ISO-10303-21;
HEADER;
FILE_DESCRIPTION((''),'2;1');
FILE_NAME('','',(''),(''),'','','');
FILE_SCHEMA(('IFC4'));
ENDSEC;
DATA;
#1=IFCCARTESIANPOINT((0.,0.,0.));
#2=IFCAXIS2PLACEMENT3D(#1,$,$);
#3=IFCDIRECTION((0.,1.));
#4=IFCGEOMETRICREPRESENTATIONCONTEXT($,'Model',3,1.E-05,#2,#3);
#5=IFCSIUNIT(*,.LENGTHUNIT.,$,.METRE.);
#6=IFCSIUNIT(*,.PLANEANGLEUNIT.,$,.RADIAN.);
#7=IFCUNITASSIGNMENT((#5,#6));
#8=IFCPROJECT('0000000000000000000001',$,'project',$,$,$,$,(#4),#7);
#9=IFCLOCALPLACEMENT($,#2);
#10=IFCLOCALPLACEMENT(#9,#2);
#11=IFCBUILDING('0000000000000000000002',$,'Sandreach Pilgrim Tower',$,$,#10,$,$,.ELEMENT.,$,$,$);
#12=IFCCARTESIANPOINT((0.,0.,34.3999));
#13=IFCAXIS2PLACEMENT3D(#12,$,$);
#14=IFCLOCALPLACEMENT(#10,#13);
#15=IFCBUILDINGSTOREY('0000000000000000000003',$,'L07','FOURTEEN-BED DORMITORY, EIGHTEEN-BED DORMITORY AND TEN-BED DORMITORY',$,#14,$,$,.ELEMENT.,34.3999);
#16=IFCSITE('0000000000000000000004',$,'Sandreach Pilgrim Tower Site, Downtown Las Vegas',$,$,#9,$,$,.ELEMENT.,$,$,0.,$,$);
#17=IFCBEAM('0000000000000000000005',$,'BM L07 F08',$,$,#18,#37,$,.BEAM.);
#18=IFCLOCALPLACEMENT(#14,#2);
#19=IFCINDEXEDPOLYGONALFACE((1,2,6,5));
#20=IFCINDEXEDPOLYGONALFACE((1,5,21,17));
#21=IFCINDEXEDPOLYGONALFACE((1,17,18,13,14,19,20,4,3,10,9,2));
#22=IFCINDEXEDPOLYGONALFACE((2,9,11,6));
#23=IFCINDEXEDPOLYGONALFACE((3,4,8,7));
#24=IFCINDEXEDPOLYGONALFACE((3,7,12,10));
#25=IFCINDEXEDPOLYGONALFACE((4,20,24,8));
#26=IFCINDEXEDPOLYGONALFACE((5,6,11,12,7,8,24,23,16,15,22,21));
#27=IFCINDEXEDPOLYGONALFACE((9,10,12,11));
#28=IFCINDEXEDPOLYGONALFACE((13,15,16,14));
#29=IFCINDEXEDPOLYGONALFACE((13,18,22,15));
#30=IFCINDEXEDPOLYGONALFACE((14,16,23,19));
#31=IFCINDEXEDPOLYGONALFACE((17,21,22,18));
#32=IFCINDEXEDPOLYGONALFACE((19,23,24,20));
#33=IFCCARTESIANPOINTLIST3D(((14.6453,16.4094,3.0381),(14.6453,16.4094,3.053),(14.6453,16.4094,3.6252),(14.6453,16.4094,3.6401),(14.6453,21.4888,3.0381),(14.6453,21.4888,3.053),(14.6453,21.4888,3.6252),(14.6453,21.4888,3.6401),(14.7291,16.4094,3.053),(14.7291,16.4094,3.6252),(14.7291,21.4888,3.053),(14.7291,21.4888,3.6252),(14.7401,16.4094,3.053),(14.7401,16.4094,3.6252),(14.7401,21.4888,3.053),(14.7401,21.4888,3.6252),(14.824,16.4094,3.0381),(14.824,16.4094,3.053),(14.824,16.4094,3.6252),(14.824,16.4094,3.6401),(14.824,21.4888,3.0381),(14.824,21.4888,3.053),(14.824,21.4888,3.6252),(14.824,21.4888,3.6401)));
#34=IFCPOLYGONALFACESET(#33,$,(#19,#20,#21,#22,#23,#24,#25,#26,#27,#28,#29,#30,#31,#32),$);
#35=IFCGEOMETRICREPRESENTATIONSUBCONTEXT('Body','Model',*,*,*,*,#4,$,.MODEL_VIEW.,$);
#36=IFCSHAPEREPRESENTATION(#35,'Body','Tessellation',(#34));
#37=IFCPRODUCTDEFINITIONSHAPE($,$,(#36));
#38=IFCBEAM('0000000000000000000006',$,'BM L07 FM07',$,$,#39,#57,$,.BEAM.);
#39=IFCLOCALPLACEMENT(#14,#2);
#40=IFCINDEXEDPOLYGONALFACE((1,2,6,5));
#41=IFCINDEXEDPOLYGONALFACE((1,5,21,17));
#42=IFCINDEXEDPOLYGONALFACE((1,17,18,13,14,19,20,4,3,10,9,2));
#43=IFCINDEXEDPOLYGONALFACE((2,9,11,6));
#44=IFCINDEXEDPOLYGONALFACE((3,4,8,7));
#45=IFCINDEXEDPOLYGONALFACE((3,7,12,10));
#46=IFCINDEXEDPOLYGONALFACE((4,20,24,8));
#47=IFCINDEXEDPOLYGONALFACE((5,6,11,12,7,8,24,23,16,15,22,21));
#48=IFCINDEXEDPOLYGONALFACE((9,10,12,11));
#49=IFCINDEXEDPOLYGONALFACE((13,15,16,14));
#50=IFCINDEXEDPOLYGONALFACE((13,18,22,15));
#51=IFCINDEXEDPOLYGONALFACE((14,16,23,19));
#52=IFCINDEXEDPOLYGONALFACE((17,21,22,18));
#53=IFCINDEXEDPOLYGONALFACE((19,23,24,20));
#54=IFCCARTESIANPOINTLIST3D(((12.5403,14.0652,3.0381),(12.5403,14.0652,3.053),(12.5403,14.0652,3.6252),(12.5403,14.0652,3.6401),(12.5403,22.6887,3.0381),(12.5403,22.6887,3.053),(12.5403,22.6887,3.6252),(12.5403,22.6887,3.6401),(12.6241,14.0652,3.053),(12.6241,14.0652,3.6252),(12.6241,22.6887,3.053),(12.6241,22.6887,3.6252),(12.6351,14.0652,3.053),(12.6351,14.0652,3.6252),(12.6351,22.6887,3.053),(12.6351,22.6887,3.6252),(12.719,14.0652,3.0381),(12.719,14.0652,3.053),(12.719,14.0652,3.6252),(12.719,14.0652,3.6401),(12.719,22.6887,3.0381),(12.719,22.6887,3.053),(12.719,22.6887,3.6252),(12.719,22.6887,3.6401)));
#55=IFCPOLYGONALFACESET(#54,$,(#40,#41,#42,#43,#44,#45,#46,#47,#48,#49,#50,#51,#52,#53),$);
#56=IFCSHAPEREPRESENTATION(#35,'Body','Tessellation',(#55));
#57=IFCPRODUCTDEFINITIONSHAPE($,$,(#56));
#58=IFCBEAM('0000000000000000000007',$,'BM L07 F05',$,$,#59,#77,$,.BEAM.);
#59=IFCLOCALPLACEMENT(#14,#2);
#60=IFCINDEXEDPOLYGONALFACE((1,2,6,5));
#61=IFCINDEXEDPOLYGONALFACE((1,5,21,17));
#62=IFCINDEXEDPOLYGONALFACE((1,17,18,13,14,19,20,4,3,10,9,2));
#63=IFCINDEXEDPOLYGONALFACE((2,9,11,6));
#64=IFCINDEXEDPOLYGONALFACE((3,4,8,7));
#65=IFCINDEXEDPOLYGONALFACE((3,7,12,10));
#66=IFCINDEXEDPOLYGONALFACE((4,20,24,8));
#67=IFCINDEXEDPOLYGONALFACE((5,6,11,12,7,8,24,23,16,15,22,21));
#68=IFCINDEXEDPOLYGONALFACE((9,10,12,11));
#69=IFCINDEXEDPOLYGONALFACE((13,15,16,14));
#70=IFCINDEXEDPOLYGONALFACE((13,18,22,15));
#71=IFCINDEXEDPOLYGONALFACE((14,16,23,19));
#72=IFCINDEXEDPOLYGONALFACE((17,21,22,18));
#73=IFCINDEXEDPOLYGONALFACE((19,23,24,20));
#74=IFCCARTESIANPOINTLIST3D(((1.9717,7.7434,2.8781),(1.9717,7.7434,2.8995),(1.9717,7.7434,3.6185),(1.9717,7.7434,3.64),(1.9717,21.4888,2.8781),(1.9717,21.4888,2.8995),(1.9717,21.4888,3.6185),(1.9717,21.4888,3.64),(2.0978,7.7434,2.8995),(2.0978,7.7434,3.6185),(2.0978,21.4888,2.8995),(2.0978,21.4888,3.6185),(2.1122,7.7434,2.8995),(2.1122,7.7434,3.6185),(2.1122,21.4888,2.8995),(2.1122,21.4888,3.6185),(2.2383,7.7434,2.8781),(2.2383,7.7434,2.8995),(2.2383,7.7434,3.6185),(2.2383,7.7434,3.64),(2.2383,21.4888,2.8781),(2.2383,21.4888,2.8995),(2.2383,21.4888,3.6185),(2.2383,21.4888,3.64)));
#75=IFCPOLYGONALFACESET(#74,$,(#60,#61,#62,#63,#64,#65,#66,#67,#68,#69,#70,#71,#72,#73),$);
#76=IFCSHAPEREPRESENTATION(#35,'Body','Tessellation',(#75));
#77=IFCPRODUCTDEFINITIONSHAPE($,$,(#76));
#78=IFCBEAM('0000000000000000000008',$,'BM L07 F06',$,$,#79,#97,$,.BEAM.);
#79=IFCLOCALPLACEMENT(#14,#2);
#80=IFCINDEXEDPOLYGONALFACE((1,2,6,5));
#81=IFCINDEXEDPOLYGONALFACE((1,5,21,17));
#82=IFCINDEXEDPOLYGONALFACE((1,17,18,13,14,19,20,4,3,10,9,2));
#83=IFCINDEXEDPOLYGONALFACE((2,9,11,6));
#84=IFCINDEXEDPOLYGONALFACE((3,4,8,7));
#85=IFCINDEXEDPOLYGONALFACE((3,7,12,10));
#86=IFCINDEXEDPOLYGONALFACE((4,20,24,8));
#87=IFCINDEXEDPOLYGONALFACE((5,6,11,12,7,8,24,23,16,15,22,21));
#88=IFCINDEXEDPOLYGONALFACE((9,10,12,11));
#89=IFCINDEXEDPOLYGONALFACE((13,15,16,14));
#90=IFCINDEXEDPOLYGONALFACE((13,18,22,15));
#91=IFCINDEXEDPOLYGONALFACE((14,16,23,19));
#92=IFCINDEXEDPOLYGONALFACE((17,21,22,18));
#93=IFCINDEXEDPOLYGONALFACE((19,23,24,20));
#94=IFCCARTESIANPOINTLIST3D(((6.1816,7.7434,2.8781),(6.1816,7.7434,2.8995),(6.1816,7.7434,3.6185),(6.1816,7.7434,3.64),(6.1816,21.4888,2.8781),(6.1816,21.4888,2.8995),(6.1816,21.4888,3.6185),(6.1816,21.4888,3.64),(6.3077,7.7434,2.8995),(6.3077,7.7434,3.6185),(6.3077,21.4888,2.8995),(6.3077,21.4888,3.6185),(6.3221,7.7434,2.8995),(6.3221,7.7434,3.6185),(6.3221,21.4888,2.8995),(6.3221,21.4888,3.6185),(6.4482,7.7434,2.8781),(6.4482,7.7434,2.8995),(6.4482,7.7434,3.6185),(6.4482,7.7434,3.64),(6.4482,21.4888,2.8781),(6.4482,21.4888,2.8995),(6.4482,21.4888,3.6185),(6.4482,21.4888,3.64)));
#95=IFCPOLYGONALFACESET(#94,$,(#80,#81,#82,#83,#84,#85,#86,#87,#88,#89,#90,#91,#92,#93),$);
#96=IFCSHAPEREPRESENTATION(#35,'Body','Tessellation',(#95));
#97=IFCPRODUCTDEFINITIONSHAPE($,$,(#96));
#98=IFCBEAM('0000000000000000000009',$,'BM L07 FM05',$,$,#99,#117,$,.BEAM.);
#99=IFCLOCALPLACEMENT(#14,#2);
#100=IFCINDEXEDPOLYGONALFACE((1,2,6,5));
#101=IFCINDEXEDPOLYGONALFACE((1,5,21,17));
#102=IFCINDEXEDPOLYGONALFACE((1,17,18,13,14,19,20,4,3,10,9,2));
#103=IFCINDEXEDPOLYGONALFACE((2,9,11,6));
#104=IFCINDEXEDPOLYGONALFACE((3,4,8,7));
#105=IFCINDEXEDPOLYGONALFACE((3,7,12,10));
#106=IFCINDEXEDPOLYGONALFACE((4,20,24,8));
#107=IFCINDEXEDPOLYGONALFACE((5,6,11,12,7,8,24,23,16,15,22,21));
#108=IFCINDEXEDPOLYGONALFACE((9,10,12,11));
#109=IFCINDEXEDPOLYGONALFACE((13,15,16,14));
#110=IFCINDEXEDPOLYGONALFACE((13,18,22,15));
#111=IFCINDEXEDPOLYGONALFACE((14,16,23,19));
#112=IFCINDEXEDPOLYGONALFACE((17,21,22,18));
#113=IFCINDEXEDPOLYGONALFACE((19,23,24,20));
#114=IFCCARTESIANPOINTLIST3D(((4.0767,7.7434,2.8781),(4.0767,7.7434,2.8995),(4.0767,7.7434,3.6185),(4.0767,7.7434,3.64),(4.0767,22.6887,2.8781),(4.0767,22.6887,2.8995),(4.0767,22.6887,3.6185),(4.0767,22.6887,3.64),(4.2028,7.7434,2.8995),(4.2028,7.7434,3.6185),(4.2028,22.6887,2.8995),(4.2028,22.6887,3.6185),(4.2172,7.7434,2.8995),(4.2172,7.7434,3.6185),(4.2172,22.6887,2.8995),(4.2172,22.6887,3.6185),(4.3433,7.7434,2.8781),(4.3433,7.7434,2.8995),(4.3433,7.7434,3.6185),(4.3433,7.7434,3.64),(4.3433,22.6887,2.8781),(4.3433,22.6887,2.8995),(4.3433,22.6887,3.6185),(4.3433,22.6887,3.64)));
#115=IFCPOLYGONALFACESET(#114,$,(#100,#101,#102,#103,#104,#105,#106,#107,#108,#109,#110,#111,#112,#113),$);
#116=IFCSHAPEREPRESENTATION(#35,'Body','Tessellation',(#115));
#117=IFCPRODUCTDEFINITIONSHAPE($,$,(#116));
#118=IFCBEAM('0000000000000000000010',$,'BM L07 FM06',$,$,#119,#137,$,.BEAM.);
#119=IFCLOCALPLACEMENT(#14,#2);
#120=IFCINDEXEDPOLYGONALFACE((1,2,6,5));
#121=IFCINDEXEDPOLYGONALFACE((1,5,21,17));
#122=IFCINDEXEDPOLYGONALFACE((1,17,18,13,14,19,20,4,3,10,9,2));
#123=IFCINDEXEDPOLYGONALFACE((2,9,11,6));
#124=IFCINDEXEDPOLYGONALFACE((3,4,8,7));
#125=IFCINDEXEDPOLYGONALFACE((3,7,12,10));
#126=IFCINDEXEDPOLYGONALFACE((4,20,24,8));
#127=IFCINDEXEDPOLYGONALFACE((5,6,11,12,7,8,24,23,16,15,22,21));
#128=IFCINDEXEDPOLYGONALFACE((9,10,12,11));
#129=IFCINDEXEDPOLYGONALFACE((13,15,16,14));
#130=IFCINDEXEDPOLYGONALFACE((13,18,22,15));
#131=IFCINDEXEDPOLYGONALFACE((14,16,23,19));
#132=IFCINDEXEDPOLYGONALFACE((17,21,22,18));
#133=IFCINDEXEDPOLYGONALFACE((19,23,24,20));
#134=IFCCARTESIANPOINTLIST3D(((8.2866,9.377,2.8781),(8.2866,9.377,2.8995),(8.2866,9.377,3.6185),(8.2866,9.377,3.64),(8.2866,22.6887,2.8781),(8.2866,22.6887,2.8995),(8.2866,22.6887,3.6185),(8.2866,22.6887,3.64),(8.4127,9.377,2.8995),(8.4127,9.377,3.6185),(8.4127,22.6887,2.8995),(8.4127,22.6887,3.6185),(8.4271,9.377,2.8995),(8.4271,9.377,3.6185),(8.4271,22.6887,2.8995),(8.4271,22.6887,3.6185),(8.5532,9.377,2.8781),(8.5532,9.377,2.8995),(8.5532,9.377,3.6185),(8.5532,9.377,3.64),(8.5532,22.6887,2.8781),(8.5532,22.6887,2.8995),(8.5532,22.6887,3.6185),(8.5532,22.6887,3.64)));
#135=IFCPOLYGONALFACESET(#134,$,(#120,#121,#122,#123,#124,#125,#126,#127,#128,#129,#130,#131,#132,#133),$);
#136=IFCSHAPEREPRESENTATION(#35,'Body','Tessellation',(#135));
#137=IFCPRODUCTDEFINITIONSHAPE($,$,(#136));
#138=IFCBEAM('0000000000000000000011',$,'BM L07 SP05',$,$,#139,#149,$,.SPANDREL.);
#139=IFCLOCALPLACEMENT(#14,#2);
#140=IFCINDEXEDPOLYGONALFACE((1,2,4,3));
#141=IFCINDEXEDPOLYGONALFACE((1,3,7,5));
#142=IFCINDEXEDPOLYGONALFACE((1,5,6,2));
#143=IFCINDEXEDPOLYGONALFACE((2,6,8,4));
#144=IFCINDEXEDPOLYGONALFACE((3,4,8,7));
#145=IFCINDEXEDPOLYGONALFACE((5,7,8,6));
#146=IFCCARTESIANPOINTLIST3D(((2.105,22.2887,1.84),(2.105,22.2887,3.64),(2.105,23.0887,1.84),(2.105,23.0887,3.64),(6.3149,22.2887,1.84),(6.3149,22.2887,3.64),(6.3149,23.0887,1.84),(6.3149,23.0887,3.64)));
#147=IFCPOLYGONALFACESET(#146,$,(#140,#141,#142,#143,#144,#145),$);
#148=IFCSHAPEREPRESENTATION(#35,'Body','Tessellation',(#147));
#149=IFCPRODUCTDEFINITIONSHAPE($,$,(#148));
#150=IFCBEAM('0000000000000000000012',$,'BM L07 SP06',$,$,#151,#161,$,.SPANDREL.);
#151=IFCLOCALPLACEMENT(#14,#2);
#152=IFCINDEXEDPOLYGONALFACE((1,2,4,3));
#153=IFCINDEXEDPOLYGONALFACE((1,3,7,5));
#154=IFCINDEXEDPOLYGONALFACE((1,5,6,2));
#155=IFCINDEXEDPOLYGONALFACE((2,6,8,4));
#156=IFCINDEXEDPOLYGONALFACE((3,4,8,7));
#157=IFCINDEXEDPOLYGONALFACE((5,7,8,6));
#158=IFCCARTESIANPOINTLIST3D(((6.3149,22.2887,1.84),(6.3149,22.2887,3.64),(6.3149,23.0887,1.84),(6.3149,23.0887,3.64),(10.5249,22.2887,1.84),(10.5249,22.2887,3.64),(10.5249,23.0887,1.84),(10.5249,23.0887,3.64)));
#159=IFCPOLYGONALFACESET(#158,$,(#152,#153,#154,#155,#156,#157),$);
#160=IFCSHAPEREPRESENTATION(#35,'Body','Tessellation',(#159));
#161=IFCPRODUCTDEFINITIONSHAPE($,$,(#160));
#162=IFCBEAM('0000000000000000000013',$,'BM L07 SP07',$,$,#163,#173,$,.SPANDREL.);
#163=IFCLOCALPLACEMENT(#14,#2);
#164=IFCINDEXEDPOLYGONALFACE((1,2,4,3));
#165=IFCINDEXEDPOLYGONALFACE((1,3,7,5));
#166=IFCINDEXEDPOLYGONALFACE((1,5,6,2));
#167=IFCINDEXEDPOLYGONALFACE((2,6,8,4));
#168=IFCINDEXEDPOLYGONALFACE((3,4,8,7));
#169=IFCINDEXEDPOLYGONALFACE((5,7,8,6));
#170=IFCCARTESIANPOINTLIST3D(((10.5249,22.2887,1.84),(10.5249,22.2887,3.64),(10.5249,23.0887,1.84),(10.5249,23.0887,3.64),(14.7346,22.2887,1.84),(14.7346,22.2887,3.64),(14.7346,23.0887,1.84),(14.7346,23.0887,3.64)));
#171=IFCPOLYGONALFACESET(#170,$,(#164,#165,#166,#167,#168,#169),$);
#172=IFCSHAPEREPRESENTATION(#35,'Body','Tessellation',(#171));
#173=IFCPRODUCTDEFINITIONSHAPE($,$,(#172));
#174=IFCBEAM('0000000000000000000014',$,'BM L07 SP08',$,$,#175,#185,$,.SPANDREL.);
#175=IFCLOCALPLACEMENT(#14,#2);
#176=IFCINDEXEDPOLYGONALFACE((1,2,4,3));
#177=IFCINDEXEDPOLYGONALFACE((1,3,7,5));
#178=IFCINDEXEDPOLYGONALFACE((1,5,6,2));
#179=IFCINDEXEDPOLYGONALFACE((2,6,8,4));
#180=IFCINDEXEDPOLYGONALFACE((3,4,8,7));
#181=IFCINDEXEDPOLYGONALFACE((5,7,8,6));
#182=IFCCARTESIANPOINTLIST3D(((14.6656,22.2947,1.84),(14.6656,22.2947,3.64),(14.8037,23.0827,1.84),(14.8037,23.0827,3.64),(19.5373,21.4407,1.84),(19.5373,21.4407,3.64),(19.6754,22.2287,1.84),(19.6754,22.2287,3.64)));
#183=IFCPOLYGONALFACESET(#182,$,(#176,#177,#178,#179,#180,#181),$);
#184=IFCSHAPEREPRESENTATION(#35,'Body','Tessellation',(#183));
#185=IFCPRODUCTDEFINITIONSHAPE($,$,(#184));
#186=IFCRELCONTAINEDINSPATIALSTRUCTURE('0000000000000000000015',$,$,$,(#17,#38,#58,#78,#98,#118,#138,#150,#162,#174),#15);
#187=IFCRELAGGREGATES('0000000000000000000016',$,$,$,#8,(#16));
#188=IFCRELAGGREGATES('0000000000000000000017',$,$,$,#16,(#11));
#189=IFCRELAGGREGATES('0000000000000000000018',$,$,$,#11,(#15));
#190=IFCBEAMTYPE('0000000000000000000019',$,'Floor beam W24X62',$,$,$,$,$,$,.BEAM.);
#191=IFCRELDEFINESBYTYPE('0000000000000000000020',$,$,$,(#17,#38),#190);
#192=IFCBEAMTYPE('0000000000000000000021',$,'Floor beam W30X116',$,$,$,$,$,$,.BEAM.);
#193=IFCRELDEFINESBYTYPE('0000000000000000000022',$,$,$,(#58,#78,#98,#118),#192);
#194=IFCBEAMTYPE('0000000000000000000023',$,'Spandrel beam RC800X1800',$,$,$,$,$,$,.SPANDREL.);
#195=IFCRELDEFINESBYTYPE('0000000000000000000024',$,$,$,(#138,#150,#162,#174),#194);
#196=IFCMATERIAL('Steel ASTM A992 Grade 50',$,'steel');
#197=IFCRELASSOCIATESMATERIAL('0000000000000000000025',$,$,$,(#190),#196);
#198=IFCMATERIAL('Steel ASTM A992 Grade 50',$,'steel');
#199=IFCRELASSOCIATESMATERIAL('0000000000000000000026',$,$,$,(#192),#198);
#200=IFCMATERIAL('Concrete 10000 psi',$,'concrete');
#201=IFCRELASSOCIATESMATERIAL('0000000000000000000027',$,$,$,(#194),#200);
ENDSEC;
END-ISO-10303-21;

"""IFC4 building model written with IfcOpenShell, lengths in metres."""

from ifc_helpers import new_model, si_unit, direction, frame, origin, origin_2d, place, context, subcontext, project, spatial, rectangle, i_section, extrude, material, material_profile, profile_set, type_object, element, save


model = new_model("IFC4")

# Units and contexts
model_context = context("Model", 3, precision=1e-05, world=origin(), true_north=direction((0.0, 1.0)))
body_context = subcontext(model_context, "Body", "Model", "MODEL_VIEW")
ifc_project = project(units=[si_unit("LENGTHUNIT", "METRE"), si_unit("PLANEANGLEUNIT", "RADIAN")], contexts=[model_context])

# Site, building, storey
site_placement = place(None, origin())
site = spatial("IfcSite", under=ifc_project, at=site_placement, Name="Sandreach Pilgrim Tower Site, Downtown Las Vegas", CompositionType="ELEMENT", RefElevation=0.0)
building_placement = place(site_placement, origin())
building = spatial("IfcBuilding", under=site, at=building_placement, Name="Sandreach Pilgrim Tower", CompositionType="ELEMENT")
storey_placement = place(building_placement, frame((0.0, 0.0, 34.3999)))
storey = spatial("IfcBuildingStorey", under=building, at=storey_placement, Name="L07", Description="FOURTEEN-BED DORMITORY, EIGHTEEN-BED DORMITORY AND TEN-BED DORMITORY", CompositionType="ELEMENT", Elevation=34.3999)

# Beams
ifc_material_1 = material(Name="Steel ASTM A992 Grade 50", Category="steel")
ifc_material_profile_1 = material_profile(ifc_material_1, i_section(OverallWidth=0.1787, OverallDepth=0.6021, WebThickness=0.011, FlangeThickness=0.0149, at=origin_2d()), Name="W24X62")
ifc_profile_set_1 = profile_set([ifc_material_profile_1], Name="Steel ASTM A992 Grade 50")
beam_type_1 = type_object("IfcBeamType", Name="Floor beam W24X62", PredefinedType="BEAM", material=ifc_profile_set_1)
beam_1_placement = place(storey_placement, frame((14.7346, 21.4888, 3.3391), z_axis=(0.0, -1.0, 0.0), x_axis=(1.0, 0.0, 0.0)))
element("IfcBeam", 1, at=beam_1_placement, inside=storey, type_object=beam_type_1, Name="BM L07 F08", PredefinedType="BEAM", context=body_context, shape_type="SweptSolid", body=[
    extrude(i_section(OverallWidth=0.1787, OverallDepth=0.6021, WebThickness=0.011, FlangeThickness=0.0149, at=origin_2d()), origin(), (0.0, 0.0, 1.0), 5.0793),
])
beam_2_placement = place(storey_placement, frame((12.6296, 22.6887, 3.3391), z_axis=(0.0, -1.0, 0.0), x_axis=(1.0, 0.0, 0.0)))
element("IfcBeam", 2, at=beam_2_placement, inside=storey, type_object=beam_type_1, Name="BM L07 FM07", PredefinedType="BEAM", context=body_context, shape_type="SweptSolid", body=[
    extrude(i_section(OverallWidth=0.1787, OverallDepth=0.6021, WebThickness=0.011, FlangeThickness=0.0149, at=origin_2d()), origin(), (0.0, 0.0, 1.0), 8.6235),
])
ifc_material_2 = material(Name="Steel ASTM A992 Grade 50", Category="steel")
ifc_material_profile_2 = material_profile(ifc_material_2, i_section(OverallWidth=0.2666, OverallDepth=0.762, WebThickness=0.0144, FlangeThickness=0.0215, at=origin_2d()), Name="W30X116")
ifc_profile_set_2 = profile_set([ifc_material_profile_2], Name="Steel ASTM A992 Grade 50")
beam_type_2 = type_object("IfcBeamType", Name="Floor beam W30X116", PredefinedType="BEAM", material=ifc_profile_set_2)
for number, where, z_axis, x_axis, name in (
    (3, (2.105, 21.4888, 3.259), (0.0, -1.0, 0.0), (1.0, 0.0, 0.0), "BM L07 F05"),
    (4, (6.3149, 21.4888, 3.259), (0.0, -1.0, 0.0), (1.0, 0.0, 0.0), "BM L07 F06"),
):
    element("IfcBeam", number, at=place(storey_placement, frame(where, z_axis=z_axis, x_axis=x_axis)), inside=storey, type_object=beam_type_2, Name=name, PredefinedType="BEAM", context=body_context, shape_type="SweptSolid", body=[
        extrude(i_section(OverallWidth=0.2666, OverallDepth=0.762, WebThickness=0.0144, FlangeThickness=0.0215, at=origin_2d()), origin(), (0.0, 0.0, 1.0), 13.7454),
    ])
beam_3_placement = place(storey_placement, frame((4.21, 22.6887, 3.259), z_axis=(0.0, -1.0, 0.0), x_axis=(1.0, 0.0, 0.0)))
element("IfcBeam", 5, at=beam_3_placement, inside=storey, type_object=beam_type_2, Name="BM L07 FM05", PredefinedType="BEAM", context=body_context, shape_type="SweptSolid", body=[
    extrude(i_section(OverallWidth=0.2666, OverallDepth=0.762, WebThickness=0.0144, FlangeThickness=0.0215, at=origin_2d()), origin(), (0.0, 0.0, 1.0), 14.9453),
])
beam_4_placement = place(storey_placement, frame((8.4199, 22.6887, 3.259), z_axis=(0.0, -1.0, 0.0), x_axis=(1.0, 0.0, 0.0)))
element("IfcBeam", 6, at=beam_4_placement, inside=storey, type_object=beam_type_2, Name="BM L07 FM06", PredefinedType="BEAM", context=body_context, shape_type="SweptSolid", body=[
    extrude(i_section(OverallWidth=0.2666, OverallDepth=0.762, WebThickness=0.0144, FlangeThickness=0.0215, at=origin_2d()), origin(), (0.0, 0.0, 1.0), 13.3118),
])
ifc_material_3 = material(Name="Concrete 10000 psi", Category="concrete")
ifc_material_profile_3 = material_profile(ifc_material_3, rectangle(XDim=0.8, YDim=1.8, at=origin_2d()), Name="RC800X1800")
ifc_profile_set_3 = profile_set([ifc_material_profile_3], Name="Concrete 10000 psi")
beam_type_3 = type_object("IfcBeamType", Name="Spandrel beam RC800X1800", PredefinedType="SPANDREL", material=ifc_profile_set_3)
for number, where, z_axis, x_axis, name in (
    (7, (2.105, 22.6887, 2.74), (1.0, 0.0, 0.0), (0.0, 1.0, 0.0), "BM L07 SP05"),
    (8, (6.3149, 22.6887, 2.74), (1.0, 0.0, 0.0), (0.0, 1.0, 0.0), "BM L07 SP06"),
):
    element("IfcBeam", number, at=place(storey_placement, frame(where, z_axis=z_axis, x_axis=x_axis)), inside=storey, type_object=beam_type_3, Name=name, PredefinedType="SPANDREL", context=body_context, shape_type="SweptSolid", body=[
        extrude(rectangle(XDim=0.8, YDim=1.8, at=origin_2d()), origin(), (0.0, 0.0, 1.0), 4.21),
    ])
beam_5_placement = place(storey_placement, frame((10.5249, 22.6887, 2.74), z_axis=(1.0, 0.0, 0.0), x_axis=(0.0, 1.0, 0.0)))
element("IfcBeam", 9, at=beam_5_placement, inside=storey, type_object=beam_type_3, Name="BM L07 SP07", PredefinedType="SPANDREL", context=body_context, shape_type="SweptSolid", body=[
    extrude(rectangle(XDim=0.8, YDim=1.8, at=origin_2d()), origin(), (0.0, 0.0, 1.0), 4.2097),
])
beam_6_placement = place(storey_placement, frame((14.7346, 22.6887, 2.74), z_axis=(0.984981, -0.172662, 0.0), x_axis=(0.172662, 0.984981, 0.0)))
element("IfcBeam", 10, at=beam_6_placement, inside=storey, type_object=beam_type_3, Name="BM L07 SP08", PredefinedType="SPANDREL", context=body_context, shape_type="SweptSolid", body=[
    extrude(rectangle(XDim=0.8, YDim=1.8, at=origin_2d()), origin(), (0.0, 0.0, 1.0), 4.946),
])

save(model, "model.ifc")
